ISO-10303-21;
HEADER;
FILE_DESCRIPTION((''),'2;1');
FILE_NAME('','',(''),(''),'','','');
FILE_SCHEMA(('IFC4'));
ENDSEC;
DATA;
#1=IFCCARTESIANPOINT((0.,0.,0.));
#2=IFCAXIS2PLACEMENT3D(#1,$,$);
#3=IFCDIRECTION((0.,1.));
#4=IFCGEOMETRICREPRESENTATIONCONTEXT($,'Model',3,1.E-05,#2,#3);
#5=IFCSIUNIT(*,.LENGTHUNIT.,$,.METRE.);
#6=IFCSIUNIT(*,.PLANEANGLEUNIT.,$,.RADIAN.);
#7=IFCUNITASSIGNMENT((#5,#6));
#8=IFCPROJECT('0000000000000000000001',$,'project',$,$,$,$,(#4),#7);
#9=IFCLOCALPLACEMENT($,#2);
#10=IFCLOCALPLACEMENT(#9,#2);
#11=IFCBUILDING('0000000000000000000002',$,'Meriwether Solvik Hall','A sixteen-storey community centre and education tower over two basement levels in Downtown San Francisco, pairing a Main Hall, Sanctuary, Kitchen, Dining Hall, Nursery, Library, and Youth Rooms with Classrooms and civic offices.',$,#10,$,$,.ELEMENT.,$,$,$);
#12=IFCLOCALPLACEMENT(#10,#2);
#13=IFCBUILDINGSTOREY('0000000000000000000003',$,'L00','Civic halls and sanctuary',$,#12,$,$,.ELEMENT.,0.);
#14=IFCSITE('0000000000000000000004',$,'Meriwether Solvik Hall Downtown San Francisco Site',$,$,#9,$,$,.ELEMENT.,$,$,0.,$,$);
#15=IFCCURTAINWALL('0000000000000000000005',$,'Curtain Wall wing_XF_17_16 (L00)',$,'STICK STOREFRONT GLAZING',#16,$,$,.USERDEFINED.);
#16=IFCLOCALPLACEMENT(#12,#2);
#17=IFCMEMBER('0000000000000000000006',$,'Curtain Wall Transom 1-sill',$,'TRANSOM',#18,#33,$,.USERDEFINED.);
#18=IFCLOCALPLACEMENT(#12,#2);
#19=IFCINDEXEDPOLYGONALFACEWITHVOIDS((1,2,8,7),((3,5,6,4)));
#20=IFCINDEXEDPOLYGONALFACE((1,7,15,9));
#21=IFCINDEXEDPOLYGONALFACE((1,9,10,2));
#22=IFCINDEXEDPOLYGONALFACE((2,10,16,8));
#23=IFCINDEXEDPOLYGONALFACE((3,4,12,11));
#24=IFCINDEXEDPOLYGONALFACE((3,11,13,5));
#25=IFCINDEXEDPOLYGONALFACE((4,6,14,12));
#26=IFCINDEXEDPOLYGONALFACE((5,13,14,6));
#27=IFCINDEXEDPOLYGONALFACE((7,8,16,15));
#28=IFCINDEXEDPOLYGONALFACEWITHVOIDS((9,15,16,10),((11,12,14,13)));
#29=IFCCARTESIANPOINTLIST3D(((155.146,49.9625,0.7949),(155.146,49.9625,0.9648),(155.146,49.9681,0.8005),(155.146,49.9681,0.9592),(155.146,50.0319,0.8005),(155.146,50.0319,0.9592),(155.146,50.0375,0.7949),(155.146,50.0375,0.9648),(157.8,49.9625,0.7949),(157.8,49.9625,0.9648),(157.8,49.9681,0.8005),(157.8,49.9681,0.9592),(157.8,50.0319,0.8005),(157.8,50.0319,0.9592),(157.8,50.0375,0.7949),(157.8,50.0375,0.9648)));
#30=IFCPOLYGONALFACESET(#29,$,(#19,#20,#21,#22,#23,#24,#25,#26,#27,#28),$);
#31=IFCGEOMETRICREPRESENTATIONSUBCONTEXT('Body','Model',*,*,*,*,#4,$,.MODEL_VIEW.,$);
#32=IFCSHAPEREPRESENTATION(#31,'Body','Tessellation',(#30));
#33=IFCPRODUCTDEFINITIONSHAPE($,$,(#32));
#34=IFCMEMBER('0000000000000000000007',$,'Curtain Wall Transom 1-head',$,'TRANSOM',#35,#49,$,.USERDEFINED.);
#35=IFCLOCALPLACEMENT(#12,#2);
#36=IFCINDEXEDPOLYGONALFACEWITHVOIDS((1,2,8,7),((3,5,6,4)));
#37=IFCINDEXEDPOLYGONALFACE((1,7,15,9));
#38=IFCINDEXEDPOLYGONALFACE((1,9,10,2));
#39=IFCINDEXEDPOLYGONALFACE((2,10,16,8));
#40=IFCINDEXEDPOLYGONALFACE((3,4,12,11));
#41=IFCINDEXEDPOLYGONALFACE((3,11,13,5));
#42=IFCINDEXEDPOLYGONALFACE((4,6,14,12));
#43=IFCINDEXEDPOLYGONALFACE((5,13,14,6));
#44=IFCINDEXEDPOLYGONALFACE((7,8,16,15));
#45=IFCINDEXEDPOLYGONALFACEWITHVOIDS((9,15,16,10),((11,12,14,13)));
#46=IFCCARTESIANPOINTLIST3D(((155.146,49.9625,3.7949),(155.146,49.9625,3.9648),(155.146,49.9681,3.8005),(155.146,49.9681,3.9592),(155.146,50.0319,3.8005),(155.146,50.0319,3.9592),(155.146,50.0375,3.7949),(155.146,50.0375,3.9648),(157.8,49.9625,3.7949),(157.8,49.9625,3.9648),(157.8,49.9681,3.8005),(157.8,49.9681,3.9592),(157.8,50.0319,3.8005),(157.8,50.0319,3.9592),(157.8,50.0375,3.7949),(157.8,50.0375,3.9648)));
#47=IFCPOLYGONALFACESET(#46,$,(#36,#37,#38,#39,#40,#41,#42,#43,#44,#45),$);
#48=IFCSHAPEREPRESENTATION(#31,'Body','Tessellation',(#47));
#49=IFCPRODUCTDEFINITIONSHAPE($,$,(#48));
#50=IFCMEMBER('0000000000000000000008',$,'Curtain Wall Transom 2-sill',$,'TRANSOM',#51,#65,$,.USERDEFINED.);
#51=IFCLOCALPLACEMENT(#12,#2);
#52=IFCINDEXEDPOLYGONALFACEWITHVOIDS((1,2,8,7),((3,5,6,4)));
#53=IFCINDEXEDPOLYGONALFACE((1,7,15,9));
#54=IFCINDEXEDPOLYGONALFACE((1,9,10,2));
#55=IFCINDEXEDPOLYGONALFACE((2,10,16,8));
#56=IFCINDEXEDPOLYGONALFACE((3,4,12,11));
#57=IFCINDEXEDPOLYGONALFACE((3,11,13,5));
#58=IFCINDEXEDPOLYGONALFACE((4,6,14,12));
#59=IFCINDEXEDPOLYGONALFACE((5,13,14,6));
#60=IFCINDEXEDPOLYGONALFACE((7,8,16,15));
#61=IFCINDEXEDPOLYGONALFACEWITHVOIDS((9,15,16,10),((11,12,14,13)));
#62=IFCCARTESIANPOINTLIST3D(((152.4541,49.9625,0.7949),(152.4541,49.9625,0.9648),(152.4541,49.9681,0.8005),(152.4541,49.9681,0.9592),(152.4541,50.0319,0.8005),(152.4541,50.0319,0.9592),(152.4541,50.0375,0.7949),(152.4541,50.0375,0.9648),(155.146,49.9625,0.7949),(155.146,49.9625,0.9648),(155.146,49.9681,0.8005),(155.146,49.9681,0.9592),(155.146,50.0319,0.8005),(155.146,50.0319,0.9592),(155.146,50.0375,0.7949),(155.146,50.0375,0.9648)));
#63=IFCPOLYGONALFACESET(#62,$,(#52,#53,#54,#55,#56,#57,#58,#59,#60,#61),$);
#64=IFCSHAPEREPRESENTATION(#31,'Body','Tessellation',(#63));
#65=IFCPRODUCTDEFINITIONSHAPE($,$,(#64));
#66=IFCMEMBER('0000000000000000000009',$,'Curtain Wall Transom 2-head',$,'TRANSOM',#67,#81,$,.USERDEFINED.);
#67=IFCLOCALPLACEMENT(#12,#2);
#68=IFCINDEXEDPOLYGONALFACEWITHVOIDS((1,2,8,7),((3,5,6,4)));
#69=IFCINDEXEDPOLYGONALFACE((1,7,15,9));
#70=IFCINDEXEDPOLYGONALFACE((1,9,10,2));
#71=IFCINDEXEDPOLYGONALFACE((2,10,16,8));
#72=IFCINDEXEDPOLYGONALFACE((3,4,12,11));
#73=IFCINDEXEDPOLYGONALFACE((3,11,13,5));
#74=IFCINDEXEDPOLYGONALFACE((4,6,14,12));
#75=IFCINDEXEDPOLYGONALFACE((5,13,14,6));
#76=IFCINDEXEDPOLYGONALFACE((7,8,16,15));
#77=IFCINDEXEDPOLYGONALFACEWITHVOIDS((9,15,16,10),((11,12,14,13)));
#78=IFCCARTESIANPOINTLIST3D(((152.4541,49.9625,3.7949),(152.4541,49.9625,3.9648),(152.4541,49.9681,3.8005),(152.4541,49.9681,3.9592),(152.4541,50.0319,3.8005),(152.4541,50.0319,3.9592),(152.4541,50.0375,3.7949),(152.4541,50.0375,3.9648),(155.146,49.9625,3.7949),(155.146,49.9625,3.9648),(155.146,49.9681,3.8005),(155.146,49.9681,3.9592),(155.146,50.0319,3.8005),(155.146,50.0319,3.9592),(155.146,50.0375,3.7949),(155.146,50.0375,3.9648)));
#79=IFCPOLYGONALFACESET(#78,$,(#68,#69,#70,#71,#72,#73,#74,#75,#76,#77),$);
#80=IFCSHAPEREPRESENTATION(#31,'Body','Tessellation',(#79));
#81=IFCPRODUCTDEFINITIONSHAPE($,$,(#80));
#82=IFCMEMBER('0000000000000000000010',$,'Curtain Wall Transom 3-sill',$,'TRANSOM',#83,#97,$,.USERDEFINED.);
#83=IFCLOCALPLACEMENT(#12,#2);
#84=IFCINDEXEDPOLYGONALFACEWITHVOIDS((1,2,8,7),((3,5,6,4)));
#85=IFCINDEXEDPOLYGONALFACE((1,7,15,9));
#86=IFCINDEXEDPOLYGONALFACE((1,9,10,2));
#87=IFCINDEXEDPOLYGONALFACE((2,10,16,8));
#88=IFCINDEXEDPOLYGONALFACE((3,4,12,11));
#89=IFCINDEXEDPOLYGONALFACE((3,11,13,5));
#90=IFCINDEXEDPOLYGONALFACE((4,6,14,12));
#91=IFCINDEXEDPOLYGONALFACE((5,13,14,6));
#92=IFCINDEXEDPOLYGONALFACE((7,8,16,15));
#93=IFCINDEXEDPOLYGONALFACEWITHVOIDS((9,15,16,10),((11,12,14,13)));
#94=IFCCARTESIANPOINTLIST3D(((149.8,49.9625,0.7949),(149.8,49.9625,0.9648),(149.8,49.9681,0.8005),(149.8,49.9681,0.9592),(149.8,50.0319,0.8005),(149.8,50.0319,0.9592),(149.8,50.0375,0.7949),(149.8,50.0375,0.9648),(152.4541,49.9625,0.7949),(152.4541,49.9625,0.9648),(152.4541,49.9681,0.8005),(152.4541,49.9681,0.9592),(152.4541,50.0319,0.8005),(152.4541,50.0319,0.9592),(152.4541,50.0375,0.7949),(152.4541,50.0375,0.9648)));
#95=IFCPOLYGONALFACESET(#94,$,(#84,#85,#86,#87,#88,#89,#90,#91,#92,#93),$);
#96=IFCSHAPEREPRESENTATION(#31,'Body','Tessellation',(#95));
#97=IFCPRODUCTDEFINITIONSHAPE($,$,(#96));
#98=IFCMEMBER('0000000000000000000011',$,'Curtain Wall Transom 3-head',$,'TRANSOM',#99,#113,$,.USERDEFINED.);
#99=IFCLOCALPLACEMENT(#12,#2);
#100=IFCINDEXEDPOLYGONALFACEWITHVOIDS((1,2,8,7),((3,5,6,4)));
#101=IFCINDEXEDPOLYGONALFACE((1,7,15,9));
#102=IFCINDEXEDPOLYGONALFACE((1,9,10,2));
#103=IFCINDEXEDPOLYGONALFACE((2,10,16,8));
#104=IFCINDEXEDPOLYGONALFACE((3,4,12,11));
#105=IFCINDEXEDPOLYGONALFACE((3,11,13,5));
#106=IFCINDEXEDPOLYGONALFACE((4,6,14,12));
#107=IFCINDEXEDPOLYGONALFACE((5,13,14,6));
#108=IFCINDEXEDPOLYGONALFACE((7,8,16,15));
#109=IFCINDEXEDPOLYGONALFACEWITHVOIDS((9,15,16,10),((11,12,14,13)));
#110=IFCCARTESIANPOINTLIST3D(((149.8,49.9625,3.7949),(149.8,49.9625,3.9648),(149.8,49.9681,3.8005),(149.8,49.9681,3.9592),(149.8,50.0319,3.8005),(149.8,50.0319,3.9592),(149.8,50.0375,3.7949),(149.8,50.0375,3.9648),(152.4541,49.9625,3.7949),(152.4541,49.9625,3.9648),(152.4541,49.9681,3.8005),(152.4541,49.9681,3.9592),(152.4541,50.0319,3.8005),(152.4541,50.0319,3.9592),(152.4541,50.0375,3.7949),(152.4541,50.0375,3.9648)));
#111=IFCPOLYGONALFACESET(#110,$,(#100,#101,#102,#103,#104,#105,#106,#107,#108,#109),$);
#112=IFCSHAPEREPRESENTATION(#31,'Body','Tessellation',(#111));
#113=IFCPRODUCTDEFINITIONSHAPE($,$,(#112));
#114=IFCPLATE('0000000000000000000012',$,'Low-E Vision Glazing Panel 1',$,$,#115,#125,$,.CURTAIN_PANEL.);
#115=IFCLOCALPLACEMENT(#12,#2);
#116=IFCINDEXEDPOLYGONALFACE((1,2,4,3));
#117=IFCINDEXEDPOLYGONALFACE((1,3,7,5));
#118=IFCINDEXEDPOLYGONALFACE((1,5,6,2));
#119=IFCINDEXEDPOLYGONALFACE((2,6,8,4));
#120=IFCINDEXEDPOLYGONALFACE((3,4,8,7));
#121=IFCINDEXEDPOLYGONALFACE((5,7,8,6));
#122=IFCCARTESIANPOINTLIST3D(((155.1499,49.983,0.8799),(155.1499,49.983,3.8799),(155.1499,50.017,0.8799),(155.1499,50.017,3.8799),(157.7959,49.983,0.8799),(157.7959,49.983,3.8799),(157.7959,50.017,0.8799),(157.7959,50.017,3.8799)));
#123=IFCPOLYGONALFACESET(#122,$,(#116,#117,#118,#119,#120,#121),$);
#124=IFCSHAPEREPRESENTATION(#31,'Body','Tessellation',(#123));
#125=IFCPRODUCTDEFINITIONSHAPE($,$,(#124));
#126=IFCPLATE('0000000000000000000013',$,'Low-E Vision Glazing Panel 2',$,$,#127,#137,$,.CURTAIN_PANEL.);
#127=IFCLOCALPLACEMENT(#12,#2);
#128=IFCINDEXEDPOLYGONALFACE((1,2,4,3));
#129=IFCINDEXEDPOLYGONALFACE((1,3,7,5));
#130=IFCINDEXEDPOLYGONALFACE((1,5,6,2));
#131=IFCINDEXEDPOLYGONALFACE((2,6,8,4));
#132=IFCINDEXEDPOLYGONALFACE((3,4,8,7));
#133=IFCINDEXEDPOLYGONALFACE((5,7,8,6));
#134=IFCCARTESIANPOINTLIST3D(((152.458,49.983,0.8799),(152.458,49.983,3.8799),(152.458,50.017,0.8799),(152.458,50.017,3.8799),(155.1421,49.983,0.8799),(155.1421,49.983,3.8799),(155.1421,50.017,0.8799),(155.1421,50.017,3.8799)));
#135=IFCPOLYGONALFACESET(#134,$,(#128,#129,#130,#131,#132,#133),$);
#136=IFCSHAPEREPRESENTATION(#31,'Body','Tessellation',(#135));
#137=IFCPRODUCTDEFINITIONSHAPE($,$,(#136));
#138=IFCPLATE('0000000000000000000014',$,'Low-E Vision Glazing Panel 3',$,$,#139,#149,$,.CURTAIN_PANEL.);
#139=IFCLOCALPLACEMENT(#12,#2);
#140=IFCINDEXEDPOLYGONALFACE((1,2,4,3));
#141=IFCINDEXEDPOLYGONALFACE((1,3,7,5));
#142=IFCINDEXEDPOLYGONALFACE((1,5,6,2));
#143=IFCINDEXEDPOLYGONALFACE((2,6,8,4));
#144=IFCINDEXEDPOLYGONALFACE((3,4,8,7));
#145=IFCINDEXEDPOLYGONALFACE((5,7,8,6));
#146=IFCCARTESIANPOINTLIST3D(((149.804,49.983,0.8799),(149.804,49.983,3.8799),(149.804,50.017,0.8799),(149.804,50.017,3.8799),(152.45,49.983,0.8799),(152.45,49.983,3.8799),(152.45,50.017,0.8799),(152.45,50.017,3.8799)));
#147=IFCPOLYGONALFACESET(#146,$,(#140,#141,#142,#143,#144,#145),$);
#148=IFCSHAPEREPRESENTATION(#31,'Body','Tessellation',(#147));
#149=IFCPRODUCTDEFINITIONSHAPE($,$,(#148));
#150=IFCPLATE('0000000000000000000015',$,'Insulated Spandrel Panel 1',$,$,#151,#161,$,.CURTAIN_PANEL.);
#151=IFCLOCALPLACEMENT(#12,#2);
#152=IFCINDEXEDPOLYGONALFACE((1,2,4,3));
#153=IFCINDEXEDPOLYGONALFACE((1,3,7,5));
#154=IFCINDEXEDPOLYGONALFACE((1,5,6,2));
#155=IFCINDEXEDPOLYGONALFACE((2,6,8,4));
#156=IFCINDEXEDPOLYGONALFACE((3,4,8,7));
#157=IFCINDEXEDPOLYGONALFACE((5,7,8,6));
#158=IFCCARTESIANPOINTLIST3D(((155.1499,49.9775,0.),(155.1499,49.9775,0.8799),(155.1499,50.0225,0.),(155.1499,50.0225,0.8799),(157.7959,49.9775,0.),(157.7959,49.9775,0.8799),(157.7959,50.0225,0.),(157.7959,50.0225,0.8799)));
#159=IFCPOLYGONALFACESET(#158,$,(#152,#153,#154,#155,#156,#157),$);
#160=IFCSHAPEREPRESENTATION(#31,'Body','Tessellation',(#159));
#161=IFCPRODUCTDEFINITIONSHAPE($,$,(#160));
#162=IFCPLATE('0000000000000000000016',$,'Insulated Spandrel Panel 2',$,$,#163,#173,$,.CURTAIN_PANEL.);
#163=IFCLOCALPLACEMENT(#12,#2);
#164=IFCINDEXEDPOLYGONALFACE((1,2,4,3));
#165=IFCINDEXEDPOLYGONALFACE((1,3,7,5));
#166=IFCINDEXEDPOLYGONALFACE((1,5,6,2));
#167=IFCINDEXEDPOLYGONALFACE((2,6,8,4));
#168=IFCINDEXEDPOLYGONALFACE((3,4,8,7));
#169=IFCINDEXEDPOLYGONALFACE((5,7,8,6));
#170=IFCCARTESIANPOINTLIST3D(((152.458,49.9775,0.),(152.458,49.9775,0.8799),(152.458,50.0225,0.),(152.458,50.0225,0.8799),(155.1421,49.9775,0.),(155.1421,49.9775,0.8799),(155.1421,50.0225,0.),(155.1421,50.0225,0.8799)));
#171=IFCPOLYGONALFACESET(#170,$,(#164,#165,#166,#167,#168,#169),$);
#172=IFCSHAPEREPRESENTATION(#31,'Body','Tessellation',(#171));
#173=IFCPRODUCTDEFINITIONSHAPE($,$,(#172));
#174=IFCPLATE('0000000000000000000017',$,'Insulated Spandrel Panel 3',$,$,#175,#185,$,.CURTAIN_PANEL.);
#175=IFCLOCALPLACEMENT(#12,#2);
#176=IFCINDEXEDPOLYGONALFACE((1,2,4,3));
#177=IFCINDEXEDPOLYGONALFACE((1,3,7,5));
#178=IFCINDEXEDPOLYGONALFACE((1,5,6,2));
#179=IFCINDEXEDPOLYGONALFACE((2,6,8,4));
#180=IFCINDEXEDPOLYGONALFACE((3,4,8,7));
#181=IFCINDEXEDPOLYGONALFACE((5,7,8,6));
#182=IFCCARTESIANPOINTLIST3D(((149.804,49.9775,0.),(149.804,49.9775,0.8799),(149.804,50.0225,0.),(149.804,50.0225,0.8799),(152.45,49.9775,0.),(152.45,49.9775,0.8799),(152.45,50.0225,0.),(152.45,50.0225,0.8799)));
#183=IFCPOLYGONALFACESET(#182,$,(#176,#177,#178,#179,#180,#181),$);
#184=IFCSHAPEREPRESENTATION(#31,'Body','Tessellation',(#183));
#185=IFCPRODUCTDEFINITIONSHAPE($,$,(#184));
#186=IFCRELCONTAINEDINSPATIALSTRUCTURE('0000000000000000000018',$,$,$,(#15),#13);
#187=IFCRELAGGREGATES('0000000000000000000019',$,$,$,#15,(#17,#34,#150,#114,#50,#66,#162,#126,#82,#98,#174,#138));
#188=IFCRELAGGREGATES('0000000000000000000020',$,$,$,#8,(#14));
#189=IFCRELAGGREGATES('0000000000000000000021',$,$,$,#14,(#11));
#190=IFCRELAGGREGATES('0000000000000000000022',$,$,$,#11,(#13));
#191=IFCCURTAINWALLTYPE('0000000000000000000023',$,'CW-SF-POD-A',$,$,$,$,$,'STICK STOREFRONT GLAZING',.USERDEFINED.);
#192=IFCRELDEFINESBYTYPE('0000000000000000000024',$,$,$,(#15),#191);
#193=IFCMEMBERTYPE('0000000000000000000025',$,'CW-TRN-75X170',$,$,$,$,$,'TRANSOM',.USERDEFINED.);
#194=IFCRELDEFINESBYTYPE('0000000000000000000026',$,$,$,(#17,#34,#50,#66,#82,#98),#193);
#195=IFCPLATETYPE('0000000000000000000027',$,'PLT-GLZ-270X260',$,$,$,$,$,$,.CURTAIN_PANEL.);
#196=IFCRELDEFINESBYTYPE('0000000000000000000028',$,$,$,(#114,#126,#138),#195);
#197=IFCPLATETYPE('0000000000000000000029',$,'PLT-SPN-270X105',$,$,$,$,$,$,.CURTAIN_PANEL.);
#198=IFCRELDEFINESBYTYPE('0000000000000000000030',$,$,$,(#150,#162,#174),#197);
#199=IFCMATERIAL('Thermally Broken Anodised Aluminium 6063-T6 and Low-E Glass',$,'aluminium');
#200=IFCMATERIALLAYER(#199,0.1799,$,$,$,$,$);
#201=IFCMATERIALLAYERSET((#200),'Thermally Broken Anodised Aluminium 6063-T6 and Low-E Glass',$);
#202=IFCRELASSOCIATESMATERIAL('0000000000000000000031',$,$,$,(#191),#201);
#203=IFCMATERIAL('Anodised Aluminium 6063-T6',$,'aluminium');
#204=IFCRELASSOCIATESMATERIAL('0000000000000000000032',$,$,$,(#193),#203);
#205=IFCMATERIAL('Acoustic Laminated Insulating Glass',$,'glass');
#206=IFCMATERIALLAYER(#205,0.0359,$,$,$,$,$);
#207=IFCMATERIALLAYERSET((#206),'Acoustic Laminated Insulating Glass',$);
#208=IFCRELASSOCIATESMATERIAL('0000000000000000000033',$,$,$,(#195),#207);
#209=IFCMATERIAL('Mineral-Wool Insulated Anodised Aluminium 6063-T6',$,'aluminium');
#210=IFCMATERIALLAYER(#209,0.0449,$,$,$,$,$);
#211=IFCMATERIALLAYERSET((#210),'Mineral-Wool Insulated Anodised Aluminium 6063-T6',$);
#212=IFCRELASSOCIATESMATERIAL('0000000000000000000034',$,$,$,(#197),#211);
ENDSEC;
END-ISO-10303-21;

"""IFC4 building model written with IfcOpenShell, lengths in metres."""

from ifc_helpers import new_model, si_unit, direction, frame, origin, origin_2d, place, context, subcontext, project, spatial, rectangle, hollow_rectangle, extrude, material, layer, layer_set, material_profile, profile_set, type_object, element, aggregate, save


model = new_model("IFC4")

# Units and contexts
model_context = context("Model", 3, precision=1e-05, world=origin(), true_north=direction((0.0, 1.0)))
body_context = subcontext(model_context, "Body", "Model", "MODEL_VIEW")
ifc_project = project(units=[si_unit("LENGTHUNIT", "METRE"), si_unit("PLANEANGLEUNIT", "RADIAN")], contexts=[model_context])

# Site, building, storey
site_placement = place(None, origin())
site = spatial("IfcSite", under=ifc_project, at=site_placement, Name="Meriwether Solvik Hall Downtown San Francisco Site", CompositionType="ELEMENT", RefElevation=0.0)
building_placement = place(site_placement, origin())
building = spatial("IfcBuilding", under=site, at=building_placement, Name="Meriwether Solvik Hall", Description="A sixteen-storey community centre and education tower over two basement levels in Downtown San Francisco, pairing a Main Hall, Sanctuary, Kitchen, Dining Hall, Nursery, Library, and Youth Rooms with Classrooms and civic offices.", CompositionType="ELEMENT")
storey_placement = place(building_placement, origin())
storey = spatial("IfcBuildingStorey", under=building, at=storey_placement, Name="L00", Description="Civic halls and sanctuary", CompositionType="ELEMENT", Elevation=0.0)

# Curtain wall, members, plates
ifc_material_1 = material(Name="Thermally Broken Anodised Aluminium 6063-T6 and Low-E Glass", Category="aluminium")
ifc_layer_1 = layer(ifc_material_1, 0.1799)
ifc_layer_set_1 = layer_set([ifc_layer_1], Name="Thermally Broken Anodised Aluminium 6063-T6 and Low-E Glass")
curtain_wall_type = type_object("IfcCurtainWallType", Name="CW-SF-POD-A", ElementType="STICK STOREFRONT GLAZING", PredefinedType="USERDEFINED", material=ifc_layer_set_1)
curtain_wall_placement = place(storey_placement, origin())
curtain_wall = element("IfcCurtainWall", 1, at=curtain_wall_placement, inside=storey, type_object=curtain_wall_type, Name="Curtain Wall wing_XF_17_16 (L00)", ObjectType="STICK STOREFRONT GLAZING", PredefinedType="USERDEFINED")
ifc_material_2 = material(Name="Anodised Aluminium 6063-T6", Category="aluminium")
ifc_material_profile_1 = material_profile(ifc_material_2, hollow_rectangle(XDim=0.075, YDim=0.1699, WallThickness=0.0056, at=origin_2d()), Name="CWT-75X170")
ifc_profile_set_1 = profile_set([ifc_material_profile_1], Name="Anodised Aluminium 6063-T6")
member_type_1 = type_object("IfcMemberType", Name="CW-TRN-75X170", ElementType="TRANSOM", PredefinedType="USERDEFINED", material=ifc_profile_set_1)
member_1_placement = place(storey_placement, frame((157.8, 50.0, 0.8799), z_axis=(-1.0, 0.0, 0.0), x_axis=(0.0, -1.0, 0.0)))
member_1 = element("IfcMember", 2, at=member_1_placement, type_object=member_type_1, Name="Curtain Wall Transom 1-sill", ObjectType="TRANSOM", PredefinedType="USERDEFINED", context=body_context, shape_type="SweptSolid", body=[
    extrude(hollow_rectangle(XDim=0.075, YDim=0.1699, WallThickness=0.0056, at=origin_2d()), origin(), (0.0, 0.0, 1.0), 2.6541),
])
member_2_placement = place(storey_placement, frame((157.8, 50.0, 3.8799), z_axis=(-1.0, 0.0, 0.0), x_axis=(0.0, -1.0, 0.0)))
member_2 = element("IfcMember", 3, at=member_2_placement, type_object=member_type_1, Name="Curtain Wall Transom 1-head", ObjectType="TRANSOM", PredefinedType="USERDEFINED", context=body_context, shape_type="SweptSolid", body=[
    extrude(hollow_rectangle(XDim=0.075, YDim=0.1699, WallThickness=0.0056, at=origin_2d()), origin(), (0.0, 0.0, 1.0), 2.6541),
])
member_3_placement = place(storey_placement, frame((155.146, 50.0, 0.8799), z_axis=(-1.0, 0.0, 0.0), x_axis=(0.0, -1.0, 0.0)))
member_3 = element("IfcMember", 4, at=member_3_placement, type_object=member_type_1, Name="Curtain Wall Transom 2-sill", ObjectType="TRANSOM", PredefinedType="USERDEFINED", context=body_context, shape_type="SweptSolid", body=[
    extrude(hollow_rectangle(XDim=0.075, YDim=0.1699, WallThickness=0.0056, at=origin_2d()), origin(), (0.0, 0.0, 1.0), 2.6919),
])
member_4_placement = place(storey_placement, frame((155.146, 50.0, 3.8799), z_axis=(-1.0, 0.0, 0.0), x_axis=(0.0, -1.0, 0.0)))
member_4 = element("IfcMember", 5, at=member_4_placement, type_object=member_type_1, Name="Curtain Wall Transom 2-head", ObjectType="TRANSOM", PredefinedType="USERDEFINED", context=body_context, shape_type="SweptSolid", body=[
    extrude(hollow_rectangle(XDim=0.075, YDim=0.1699, WallThickness=0.0056, at=origin_2d()), origin(), (0.0, 0.0, 1.0), 2.6919),
])
member_5_placement = place(storey_placement, frame((152.4541, 50.0, 0.8799), z_axis=(-1.0, 0.0, 0.0), x_axis=(0.0, -1.0, 0.0)))
member_5 = element("IfcMember", 6, at=member_5_placement, type_object=member_type_1, Name="Curtain Wall Transom 3-sill", ObjectType="TRANSOM", PredefinedType="USERDEFINED", context=body_context, shape_type="SweptSolid", body=[
    extrude(hollow_rectangle(XDim=0.075, YDim=0.1699, WallThickness=0.0056, at=origin_2d()), origin(), (0.0, 0.0, 1.0), 2.6541),
])
member_6_placement = place(storey_placement, frame((152.4541, 50.0, 3.8799), z_axis=(-1.0, 0.0, 0.0), x_axis=(0.0, -1.0, 0.0)))
member_6 = element("IfcMember", 7, at=member_6_placement, type_object=member_type_1, Name="Curtain Wall Transom 3-head", ObjectType="TRANSOM", PredefinedType="USERDEFINED", context=body_context, shape_type="SweptSolid", body=[
    extrude(hollow_rectangle(XDim=0.075, YDim=0.1699, WallThickness=0.0056, at=origin_2d()), origin(), (0.0, 0.0, 1.0), 2.6541),
])
ifc_material_3 = material(Name="Acoustic Laminated Insulating Glass", Category="glass")
ifc_layer_2 = layer(ifc_material_3, 0.0359)
ifc_layer_set_2 = layer_set([ifc_layer_2], Name="Acoustic Laminated Insulating Glass")
plate_type_1 = type_object("IfcPlateType", Name="PLT-GLZ-270X260", PredefinedType="CURTAIN_PANEL", material=ifc_layer_set_2)
plate_1_placement = place(storey_placement, frame((156.4729, 50.0, 0.8799), z_axis=(0.0, 0.0, 1.0), x_axis=(-1.0, 0.0, 0.0)))
plate_1 = element("IfcPlate", 8, at=plate_1_placement, type_object=plate_type_1, Name="Low-E Vision Glazing Panel 1", PredefinedType="CURTAIN_PANEL", context=body_context, shape_type="SweptSolid", body=[
    extrude(rectangle(XDim=2.646, YDim=0.0339, at=origin_2d()), origin(), (0.0, 0.0, 1.0), 3.0),
])
plate_2_placement = place(storey_placement, frame((153.8, 50.0, 0.8799), z_axis=(0.0, 0.0, 1.0), x_axis=(-1.0, 0.0, 0.0)))
plate_2 = element("IfcPlate", 9, at=plate_2_placement, type_object=plate_type_1, Name="Low-E Vision Glazing Panel 2", PredefinedType="CURTAIN_PANEL", context=body_context, shape_type="SweptSolid", body=[
    extrude(rectangle(XDim=2.6841, YDim=0.0339, at=origin_2d()), origin(), (0.0, 0.0, 1.0), 3.0),
])
plate_3_placement = place(storey_placement, frame((151.127, 50.0, 0.8799), z_axis=(0.0, 0.0, 1.0), x_axis=(-1.0, 0.0, 0.0)))
plate_3 = element("IfcPlate", 10, at=plate_3_placement, type_object=plate_type_1, Name="Low-E Vision Glazing Panel 3", PredefinedType="CURTAIN_PANEL", context=body_context, shape_type="SweptSolid", body=[
    extrude(rectangle(XDim=2.646, YDim=0.0339, at=origin_2d()), origin(), (0.0, 0.0, 1.0), 3.0),
])
ifc_material_4 = material(Name="Mineral-Wool Insulated Anodised Aluminium 6063-T6", Category="aluminium")
ifc_layer_3 = layer(ifc_material_4, 0.0449)
ifc_layer_set_3 = layer_set([ifc_layer_3], Name="Mineral-Wool Insulated Anodised Aluminium 6063-T6")
plate_type_2 = type_object("IfcPlateType", Name="PLT-SPN-270X105", PredefinedType="CURTAIN_PANEL", material=ifc_layer_set_3)
plate_4_placement = place(storey_placement, frame((156.4729, 50.0, 0.0), z_axis=(0.0, 0.0, 1.0), x_axis=(-1.0, 0.0, 0.0)))
plate_4 = element("IfcPlate", 11, at=plate_4_placement, type_object=plate_type_2, Name="Insulated Spandrel Panel 1", PredefinedType="CURTAIN_PANEL", context=body_context, shape_type="SweptSolid", body=[
    extrude(rectangle(XDim=2.646, YDim=0.0449, at=origin_2d()), origin(), (0.0, 0.0, 1.0), 0.8799),
])
plate_5_placement = place(storey_placement, frame((153.8, 50.0, 0.0), z_axis=(0.0, 0.0, 1.0), x_axis=(-1.0, 0.0, 0.0)))
plate_5 = element("IfcPlate", 12, at=plate_5_placement, type_object=plate_type_2, Name="Insulated Spandrel Panel 2", PredefinedType="CURTAIN_PANEL", context=body_context, shape_type="SweptSolid", body=[
    extrude(rectangle(XDim=2.6841, YDim=0.0449, at=origin_2d()), origin(), (0.0, 0.0, 1.0), 0.8799),
])
plate_6_placement = place(storey_placement, frame((151.127, 50.0, 0.0), z_axis=(0.0, 0.0, 1.0), x_axis=(-1.0, 0.0, 0.0)))
plate_6 = element("IfcPlate", 13, at=plate_6_placement, type_object=plate_type_2, Name="Insulated Spandrel Panel 3", PredefinedType="CURTAIN_PANEL", context=body_context, shape_type="SweptSolid", body=[
    extrude(rectangle(XDim=2.646, YDim=0.0449, at=origin_2d()), origin(), (0.0, 0.0, 1.0), 0.8799),
])
aggregate(curtain_wall, [member_1, member_2, plate_4, plate_1, member_3, member_4, plate_5, plate_2, member_5, member_6, plate_6, plate_3])

save(model, "model.ifc")
